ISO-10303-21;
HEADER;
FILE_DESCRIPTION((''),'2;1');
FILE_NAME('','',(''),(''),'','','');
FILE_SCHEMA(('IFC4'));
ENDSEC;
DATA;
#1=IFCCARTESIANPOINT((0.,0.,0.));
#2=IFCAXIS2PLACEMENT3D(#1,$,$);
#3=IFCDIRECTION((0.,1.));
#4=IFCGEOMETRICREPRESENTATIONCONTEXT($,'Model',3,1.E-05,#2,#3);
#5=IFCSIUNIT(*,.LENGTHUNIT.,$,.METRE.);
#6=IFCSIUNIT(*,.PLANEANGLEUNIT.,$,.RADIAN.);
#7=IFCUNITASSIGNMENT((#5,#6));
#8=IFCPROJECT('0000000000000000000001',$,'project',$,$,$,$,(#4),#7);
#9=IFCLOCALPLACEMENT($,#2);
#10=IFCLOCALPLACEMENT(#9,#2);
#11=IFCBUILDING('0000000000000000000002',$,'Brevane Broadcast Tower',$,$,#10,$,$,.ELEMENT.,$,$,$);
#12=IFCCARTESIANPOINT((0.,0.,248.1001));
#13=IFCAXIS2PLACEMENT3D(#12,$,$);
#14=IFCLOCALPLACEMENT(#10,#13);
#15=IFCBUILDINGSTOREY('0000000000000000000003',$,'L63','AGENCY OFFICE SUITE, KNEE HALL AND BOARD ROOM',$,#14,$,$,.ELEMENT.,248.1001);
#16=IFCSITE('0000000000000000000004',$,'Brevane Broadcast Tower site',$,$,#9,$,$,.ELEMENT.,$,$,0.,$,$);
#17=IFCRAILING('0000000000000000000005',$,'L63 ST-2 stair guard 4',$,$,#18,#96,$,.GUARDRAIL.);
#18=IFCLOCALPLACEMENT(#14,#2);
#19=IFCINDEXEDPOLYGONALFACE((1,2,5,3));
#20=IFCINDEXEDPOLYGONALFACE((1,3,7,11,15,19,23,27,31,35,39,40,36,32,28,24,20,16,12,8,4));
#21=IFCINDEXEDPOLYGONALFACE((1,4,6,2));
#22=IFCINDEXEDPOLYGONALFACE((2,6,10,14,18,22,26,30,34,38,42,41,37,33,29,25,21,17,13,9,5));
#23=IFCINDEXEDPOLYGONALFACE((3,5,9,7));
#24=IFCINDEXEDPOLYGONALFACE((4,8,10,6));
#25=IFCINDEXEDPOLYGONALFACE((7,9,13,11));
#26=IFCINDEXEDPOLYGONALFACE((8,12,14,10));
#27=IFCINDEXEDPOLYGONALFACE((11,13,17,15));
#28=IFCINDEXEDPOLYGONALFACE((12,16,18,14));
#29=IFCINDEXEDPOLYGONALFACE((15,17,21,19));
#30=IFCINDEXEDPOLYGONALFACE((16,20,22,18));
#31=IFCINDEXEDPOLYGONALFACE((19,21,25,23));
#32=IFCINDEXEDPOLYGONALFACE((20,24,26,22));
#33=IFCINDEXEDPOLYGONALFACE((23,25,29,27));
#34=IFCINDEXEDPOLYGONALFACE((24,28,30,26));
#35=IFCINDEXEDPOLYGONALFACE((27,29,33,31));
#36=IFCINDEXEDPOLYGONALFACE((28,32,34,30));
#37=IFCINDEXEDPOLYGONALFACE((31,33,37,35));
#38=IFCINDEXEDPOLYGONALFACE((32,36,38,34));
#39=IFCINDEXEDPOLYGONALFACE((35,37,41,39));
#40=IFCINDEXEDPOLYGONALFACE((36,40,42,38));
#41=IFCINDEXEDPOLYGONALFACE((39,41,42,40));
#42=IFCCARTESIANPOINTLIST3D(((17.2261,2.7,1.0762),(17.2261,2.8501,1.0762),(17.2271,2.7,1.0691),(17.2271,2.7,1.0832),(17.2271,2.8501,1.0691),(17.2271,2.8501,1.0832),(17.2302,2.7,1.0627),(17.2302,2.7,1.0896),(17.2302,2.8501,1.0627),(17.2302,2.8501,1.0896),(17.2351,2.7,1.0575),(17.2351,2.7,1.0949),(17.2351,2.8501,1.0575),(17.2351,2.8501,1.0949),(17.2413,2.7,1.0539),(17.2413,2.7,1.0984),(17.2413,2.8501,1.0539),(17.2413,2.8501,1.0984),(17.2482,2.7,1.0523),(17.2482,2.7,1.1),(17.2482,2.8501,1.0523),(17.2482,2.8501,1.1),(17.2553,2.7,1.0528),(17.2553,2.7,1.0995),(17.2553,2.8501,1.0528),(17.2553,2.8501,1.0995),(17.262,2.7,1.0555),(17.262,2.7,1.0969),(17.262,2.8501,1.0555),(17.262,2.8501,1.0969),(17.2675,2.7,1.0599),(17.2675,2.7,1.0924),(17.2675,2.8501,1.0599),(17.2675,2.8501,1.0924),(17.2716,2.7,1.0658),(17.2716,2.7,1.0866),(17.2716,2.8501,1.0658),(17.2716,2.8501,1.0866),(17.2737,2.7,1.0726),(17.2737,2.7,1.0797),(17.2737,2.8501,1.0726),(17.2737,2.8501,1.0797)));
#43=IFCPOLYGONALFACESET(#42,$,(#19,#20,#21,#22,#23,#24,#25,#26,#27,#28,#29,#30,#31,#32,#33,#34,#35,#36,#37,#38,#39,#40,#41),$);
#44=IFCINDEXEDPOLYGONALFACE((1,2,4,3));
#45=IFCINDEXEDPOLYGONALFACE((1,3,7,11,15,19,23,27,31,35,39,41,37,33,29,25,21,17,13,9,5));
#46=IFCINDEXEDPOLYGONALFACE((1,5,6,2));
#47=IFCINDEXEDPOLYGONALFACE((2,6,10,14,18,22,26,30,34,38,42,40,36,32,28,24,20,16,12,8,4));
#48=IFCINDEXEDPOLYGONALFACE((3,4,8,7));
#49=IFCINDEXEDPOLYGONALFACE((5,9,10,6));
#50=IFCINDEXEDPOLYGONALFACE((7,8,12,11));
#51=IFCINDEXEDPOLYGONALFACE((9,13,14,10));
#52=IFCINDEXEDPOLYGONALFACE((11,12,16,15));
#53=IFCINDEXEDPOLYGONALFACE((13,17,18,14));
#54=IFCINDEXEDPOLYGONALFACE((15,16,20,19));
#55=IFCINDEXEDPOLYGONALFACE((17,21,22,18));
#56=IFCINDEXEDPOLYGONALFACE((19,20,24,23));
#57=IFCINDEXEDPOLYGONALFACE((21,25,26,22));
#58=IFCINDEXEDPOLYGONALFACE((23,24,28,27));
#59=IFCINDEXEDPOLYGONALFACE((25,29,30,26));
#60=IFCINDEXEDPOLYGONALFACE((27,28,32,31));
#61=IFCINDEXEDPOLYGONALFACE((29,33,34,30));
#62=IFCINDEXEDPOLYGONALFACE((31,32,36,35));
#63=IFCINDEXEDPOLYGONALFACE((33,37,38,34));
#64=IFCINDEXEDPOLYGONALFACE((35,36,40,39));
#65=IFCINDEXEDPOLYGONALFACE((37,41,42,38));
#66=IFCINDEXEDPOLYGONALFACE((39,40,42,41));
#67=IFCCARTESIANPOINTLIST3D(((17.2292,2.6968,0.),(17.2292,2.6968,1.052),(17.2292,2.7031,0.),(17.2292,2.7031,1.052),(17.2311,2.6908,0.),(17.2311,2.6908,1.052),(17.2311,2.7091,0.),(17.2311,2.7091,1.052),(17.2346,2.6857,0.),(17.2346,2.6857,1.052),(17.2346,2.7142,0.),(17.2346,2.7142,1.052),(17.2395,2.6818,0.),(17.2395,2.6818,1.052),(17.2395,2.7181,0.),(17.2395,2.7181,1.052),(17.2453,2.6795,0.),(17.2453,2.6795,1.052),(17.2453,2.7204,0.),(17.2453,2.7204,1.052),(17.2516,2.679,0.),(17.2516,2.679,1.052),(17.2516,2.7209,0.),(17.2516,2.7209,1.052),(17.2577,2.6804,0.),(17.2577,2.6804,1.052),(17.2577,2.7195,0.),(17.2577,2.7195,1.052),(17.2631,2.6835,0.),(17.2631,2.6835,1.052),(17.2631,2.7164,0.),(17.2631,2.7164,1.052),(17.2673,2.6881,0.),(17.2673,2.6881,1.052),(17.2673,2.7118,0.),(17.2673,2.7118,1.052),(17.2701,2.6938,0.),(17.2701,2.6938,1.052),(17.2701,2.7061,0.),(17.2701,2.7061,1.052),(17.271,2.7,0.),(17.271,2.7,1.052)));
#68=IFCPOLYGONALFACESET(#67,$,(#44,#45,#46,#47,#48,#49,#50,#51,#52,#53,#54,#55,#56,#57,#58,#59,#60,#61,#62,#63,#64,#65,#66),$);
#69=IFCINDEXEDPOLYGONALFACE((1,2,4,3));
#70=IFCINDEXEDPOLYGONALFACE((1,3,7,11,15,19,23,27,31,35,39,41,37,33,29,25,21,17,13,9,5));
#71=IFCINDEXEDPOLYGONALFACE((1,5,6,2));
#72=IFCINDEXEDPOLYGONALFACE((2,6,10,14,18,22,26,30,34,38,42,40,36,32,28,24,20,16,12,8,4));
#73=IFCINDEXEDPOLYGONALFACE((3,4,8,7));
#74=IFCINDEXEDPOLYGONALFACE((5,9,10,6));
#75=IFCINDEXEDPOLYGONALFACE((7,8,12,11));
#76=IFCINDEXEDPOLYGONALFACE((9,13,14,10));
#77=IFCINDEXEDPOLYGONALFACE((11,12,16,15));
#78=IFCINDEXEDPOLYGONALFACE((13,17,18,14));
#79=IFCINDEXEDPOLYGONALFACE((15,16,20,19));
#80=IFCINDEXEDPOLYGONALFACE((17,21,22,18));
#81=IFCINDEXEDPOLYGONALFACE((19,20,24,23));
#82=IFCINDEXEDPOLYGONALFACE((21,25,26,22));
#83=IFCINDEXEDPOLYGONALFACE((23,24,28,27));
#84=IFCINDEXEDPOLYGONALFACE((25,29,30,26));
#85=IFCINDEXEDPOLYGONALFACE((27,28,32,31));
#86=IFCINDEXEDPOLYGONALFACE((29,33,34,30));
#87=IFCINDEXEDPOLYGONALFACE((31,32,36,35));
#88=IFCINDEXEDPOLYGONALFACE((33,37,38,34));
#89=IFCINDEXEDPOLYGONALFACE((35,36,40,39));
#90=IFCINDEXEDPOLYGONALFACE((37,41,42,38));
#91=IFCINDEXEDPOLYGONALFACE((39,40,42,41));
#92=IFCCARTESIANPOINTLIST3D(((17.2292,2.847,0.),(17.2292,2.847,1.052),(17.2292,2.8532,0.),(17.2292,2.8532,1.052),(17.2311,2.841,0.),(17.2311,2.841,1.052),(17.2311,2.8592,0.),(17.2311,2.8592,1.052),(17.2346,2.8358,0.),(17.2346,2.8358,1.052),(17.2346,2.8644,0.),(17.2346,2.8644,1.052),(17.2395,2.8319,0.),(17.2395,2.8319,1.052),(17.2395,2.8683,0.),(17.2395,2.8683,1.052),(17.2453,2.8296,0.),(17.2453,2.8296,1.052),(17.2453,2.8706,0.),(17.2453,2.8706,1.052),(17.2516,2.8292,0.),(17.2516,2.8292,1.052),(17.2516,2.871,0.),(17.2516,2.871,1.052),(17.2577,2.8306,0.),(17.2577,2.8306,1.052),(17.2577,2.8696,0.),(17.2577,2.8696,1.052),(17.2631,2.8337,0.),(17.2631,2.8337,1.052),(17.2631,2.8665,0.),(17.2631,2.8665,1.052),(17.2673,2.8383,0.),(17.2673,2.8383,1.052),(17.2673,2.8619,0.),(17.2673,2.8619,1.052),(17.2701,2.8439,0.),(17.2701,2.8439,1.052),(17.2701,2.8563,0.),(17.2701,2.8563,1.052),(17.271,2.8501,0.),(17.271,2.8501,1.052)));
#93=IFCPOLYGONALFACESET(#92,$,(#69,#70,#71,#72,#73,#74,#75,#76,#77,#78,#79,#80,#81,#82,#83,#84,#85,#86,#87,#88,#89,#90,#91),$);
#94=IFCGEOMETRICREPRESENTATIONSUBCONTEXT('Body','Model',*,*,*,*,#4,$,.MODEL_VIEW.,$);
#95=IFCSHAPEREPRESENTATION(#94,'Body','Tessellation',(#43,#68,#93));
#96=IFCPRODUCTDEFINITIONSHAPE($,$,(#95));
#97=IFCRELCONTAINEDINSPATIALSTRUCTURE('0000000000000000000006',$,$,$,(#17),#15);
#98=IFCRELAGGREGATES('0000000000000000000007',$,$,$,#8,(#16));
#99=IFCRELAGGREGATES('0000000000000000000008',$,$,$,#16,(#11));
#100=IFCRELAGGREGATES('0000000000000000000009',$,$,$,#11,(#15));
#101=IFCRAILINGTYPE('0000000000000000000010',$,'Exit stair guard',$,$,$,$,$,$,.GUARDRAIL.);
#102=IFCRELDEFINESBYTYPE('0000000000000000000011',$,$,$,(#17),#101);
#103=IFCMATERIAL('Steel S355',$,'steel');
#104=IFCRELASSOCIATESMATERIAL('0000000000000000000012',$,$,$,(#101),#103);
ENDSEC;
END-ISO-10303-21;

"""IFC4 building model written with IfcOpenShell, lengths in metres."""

from ifc_helpers import new_model, si_unit, direction, frame, origin, origin_2d, place, context, subcontext, project, spatial, circle, extrude, material, type_object, element, save


model = new_model("IFC4")

# Units and contexts
model_context = context("Model", 3, precision=1e-05, world=origin(), true_north=direction((0.0, 1.0)))
body_context = subcontext(model_context, "Body", "Model", "MODEL_VIEW")
ifc_project = project(units=[si_unit("LENGTHUNIT", "METRE"), si_unit("PLANEANGLEUNIT", "RADIAN")], contexts=[model_context])

# Site, building, storey
site_placement = place(None, origin())
site = spatial("IfcSite", under=ifc_project, at=site_placement, Name="Brevane Broadcast Tower site", CompositionType="ELEMENT", RefElevation=0.0)
building_placement = place(site_placement, origin())
building = spatial("IfcBuilding", under=site, at=building_placement, Name="Brevane Broadcast Tower", CompositionType="ELEMENT")
storey_placement = place(building_placement, frame((0.0, 0.0, 248.1001)))
storey = spatial("IfcBuildingStorey", under=building, at=storey_placement, Name="L63", Description="AGENCY OFFICE SUITE, KNEE HALL AND BOARD ROOM", CompositionType="ELEMENT", Elevation=248.1001)

# Railing
ifc_material_1 = material(Name="Steel S355", Category="steel")
railing_type_1 = type_object("IfcRailingType", Name="Exit stair guard", PredefinedType="GUARDRAIL", material=ifc_material_1)
railing_1_placement = place(storey_placement, frame((17.25, 2.7, 0.0)))
element("IfcRailing", 1, at=railing_1_placement, inside=storey, type_object=railing_type_1, Name="L63 ST-2 stair guard 4", PredefinedType="GUARDRAIL", context=body_context, shape_type="SweptSolid", body=[
    extrude(circle(Radius=0.0239, at=origin_2d()), frame((0.0, 0.0, 1.0762), z_axis=(0.0, 1.0, 0.0), x_axis=(-1.0, 0.0, 0.0)), (0.0, 0.0, 1.0), 0.1501),
    extrude(circle(Radius=0.021, at=origin_2d()), origin(), (0.0, 0.0, 1.0), 1.052),
    extrude(circle(Radius=0.021, at=origin_2d()), frame((0.0, 0.1501, 0.0)), (0.0, 0.0, 1.0), 1.052),
])

save(model, "model.ifc")
